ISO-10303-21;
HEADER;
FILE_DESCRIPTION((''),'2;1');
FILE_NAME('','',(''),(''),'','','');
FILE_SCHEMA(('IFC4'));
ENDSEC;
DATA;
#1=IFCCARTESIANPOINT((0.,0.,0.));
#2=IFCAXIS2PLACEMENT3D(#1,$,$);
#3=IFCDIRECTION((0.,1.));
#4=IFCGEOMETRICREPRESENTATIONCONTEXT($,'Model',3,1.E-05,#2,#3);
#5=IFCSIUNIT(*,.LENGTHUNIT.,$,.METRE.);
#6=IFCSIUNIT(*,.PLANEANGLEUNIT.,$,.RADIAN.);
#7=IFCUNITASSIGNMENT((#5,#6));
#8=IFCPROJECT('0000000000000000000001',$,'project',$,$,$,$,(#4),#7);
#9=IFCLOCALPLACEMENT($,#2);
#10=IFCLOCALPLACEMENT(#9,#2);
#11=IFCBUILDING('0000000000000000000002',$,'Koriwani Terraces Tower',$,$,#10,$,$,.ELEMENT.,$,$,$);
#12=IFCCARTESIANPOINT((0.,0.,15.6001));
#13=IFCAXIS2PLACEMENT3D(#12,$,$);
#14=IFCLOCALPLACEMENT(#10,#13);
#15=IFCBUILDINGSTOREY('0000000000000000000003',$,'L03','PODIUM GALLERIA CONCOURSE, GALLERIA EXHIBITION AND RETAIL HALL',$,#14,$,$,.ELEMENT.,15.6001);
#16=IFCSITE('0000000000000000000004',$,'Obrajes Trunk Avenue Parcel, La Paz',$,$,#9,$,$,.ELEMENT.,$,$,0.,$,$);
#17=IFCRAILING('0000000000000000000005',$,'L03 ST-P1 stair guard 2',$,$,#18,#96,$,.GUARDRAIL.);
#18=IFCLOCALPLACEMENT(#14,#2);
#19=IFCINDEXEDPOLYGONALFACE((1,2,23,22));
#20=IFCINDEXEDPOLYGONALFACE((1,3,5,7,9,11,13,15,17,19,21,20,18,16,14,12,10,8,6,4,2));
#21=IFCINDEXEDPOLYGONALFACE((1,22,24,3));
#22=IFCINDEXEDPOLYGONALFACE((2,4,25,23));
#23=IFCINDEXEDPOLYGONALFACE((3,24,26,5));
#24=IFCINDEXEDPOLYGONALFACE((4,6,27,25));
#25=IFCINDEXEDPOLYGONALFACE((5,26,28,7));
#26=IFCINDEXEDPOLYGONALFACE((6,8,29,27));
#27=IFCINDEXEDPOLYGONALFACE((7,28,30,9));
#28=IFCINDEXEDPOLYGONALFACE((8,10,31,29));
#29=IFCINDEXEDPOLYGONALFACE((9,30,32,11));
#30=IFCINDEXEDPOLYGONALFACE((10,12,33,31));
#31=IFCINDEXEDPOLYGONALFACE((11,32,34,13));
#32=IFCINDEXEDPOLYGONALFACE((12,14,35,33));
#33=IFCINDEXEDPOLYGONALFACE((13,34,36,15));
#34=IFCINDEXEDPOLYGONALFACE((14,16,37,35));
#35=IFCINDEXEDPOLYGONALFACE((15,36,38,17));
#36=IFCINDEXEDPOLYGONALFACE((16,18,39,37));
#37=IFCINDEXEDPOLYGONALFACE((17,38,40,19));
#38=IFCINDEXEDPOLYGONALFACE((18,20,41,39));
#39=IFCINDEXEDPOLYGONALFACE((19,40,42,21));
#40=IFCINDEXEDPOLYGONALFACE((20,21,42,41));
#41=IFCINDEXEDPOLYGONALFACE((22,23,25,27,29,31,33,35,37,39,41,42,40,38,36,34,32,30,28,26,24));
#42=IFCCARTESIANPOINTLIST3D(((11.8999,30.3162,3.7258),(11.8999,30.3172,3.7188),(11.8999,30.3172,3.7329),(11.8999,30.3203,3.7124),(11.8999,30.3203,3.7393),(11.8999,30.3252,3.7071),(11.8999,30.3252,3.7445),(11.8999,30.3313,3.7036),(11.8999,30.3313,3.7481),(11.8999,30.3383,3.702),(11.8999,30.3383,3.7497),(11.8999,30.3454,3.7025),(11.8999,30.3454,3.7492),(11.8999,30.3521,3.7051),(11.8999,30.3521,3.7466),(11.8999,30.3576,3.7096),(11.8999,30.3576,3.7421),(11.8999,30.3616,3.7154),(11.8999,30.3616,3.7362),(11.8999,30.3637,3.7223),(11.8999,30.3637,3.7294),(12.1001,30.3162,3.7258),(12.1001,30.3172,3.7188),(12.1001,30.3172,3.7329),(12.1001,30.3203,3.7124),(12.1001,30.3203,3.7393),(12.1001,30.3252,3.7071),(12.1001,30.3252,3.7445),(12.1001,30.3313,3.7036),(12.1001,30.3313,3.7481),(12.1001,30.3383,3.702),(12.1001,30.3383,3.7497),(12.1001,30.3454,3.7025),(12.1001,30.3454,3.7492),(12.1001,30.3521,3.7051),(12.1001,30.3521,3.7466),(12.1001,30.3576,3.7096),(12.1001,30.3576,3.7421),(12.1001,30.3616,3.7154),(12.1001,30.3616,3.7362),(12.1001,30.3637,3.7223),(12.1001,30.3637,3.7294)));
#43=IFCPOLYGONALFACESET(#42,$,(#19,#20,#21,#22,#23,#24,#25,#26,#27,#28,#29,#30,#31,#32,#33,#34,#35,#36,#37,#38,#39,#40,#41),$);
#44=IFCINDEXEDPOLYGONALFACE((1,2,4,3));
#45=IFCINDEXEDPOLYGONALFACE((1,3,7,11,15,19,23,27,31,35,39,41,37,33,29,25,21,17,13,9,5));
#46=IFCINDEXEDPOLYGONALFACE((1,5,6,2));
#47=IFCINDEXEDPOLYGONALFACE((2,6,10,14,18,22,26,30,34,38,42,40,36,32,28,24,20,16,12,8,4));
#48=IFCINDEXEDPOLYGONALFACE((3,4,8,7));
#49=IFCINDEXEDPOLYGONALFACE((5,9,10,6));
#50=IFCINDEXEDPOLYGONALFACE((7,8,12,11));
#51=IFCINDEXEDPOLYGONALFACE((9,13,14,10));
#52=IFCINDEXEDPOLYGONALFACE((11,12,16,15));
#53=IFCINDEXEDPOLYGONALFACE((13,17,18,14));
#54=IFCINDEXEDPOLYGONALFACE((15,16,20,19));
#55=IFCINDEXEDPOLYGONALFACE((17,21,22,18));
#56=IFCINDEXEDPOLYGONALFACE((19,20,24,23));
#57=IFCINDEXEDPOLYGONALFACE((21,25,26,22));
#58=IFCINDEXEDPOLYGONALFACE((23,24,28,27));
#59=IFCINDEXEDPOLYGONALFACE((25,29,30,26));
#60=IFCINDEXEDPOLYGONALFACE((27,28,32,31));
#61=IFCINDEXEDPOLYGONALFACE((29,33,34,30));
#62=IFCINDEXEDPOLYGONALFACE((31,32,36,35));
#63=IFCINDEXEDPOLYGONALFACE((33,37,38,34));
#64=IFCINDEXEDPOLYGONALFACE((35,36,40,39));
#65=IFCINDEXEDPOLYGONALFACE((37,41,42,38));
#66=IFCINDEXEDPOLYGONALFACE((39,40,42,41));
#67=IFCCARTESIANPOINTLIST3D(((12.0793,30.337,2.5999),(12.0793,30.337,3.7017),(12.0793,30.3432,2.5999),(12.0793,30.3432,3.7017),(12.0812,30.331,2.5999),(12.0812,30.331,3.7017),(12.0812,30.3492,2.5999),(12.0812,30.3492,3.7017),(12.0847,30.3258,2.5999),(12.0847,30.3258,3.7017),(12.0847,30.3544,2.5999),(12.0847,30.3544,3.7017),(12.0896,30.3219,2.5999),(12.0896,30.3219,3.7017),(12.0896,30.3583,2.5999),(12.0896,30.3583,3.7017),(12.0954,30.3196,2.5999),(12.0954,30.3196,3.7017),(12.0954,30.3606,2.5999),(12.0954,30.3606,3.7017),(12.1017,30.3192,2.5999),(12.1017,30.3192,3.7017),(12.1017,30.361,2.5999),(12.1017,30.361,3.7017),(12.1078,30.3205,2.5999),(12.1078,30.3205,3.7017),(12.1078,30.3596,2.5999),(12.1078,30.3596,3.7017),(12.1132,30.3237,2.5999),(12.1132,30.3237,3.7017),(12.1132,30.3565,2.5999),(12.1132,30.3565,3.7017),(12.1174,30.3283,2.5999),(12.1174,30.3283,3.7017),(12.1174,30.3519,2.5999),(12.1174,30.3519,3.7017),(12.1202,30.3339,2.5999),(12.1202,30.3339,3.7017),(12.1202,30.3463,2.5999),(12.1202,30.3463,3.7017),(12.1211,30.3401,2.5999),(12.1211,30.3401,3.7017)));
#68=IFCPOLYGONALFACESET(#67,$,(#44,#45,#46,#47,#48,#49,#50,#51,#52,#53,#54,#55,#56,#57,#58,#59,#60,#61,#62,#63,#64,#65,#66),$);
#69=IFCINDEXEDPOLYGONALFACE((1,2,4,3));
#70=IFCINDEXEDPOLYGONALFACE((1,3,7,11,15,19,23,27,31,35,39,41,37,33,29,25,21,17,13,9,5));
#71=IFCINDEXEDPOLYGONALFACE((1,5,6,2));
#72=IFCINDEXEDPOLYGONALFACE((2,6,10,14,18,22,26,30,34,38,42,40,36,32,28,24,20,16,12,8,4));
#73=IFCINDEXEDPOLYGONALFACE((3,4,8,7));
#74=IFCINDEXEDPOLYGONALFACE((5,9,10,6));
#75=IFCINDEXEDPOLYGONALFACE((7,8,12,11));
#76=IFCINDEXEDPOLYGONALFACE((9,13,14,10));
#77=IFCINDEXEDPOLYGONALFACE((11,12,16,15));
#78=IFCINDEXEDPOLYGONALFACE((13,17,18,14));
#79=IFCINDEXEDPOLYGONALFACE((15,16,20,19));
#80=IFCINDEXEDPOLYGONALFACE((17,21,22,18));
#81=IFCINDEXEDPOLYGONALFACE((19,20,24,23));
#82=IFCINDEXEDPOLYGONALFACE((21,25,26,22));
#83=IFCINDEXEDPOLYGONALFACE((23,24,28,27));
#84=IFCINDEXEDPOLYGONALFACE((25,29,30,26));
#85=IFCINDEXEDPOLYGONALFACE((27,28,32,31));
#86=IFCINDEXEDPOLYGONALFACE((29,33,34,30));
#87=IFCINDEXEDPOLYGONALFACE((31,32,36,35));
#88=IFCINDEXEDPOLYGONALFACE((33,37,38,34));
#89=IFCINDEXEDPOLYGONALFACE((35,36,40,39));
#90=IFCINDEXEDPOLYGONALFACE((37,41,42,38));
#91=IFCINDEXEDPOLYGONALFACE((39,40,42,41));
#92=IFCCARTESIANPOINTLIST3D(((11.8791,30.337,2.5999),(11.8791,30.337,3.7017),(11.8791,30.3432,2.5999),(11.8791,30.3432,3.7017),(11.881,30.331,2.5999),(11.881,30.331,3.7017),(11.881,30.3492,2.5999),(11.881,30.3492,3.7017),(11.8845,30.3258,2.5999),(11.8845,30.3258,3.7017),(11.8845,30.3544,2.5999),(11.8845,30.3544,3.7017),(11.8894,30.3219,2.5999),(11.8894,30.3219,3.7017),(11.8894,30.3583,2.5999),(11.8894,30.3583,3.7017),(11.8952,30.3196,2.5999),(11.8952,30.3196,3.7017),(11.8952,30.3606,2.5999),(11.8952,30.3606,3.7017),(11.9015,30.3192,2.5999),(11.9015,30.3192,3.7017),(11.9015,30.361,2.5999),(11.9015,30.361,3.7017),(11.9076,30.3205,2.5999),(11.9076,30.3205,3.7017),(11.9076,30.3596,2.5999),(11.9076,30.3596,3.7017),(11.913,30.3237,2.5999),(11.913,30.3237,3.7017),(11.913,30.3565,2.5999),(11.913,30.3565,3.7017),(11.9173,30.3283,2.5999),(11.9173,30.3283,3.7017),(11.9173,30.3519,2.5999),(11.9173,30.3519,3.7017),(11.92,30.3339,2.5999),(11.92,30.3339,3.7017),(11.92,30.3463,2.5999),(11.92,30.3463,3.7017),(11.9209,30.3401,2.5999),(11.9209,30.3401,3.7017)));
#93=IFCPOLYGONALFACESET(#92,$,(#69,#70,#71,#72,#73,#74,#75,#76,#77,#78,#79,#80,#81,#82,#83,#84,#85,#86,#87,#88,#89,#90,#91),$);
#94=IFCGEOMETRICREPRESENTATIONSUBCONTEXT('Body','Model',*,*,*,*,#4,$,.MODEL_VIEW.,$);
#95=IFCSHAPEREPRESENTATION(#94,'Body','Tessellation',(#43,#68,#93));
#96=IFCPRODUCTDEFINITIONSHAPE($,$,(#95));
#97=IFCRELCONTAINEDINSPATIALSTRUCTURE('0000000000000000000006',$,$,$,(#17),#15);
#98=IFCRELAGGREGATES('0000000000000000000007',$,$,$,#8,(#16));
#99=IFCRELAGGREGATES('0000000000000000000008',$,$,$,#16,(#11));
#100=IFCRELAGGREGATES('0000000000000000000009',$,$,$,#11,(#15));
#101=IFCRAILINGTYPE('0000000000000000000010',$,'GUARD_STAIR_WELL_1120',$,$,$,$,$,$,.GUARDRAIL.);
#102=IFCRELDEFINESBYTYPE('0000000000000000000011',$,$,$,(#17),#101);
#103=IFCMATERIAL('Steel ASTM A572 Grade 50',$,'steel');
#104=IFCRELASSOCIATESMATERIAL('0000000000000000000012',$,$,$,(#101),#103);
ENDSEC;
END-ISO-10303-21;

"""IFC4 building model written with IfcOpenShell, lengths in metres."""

from ifc_helpers import new_model, si_unit, direction, frame, origin, origin_2d, place, context, subcontext, project, spatial, circle, extrude, material, type_object, element, save


model = new_model("IFC4")

# Units and contexts
model_context = context("Model", 3, precision=1e-05, world=origin(), true_north=direction((0.0, 1.0)))
body_context = subcontext(model_context, "Body", "Model", "MODEL_VIEW")
ifc_project = project(units=[si_unit("LENGTHUNIT", "METRE"), si_unit("PLANEANGLEUNIT", "RADIAN")], contexts=[model_context])

# Site, building, storey
site_placement = place(None, origin())
site = spatial("IfcSite", under=ifc_project, at=site_placement, Name="Obrajes Trunk Avenue Parcel, La Paz", CompositionType="ELEMENT", RefElevation=0.0)
building_placement = place(site_placement, origin())
building = spatial("IfcBuilding", under=site, at=building_placement, Name="Koriwani Terraces Tower", CompositionType="ELEMENT")
storey_placement = place(building_placement, frame((0.0, 0.0, 15.6001)))
storey = spatial("IfcBuildingStorey", under=building, at=storey_placement, Name="L03", Description="PODIUM GALLERIA CONCOURSE, GALLERIA EXHIBITION AND RETAIL HALL", CompositionType="ELEMENT", Elevation=15.6001)

# Shared definitions
ifc_material_1 = material(Name="Steel ASTM A572 Grade 50", Category="steel")

# Railing
railing_type_1 = type_object("IfcRailingType", Name="GUARD_STAIR_WELL_1120", PredefinedType="GUARDRAIL", material=ifc_material_1)
railing_1_placement = place(storey_placement, frame((12.1001, 30.3401, 2.5999)))
element("IfcRailing", 1, at=railing_1_placement, inside=storey, type_object=railing_type_1, Name="L03 ST-P1 stair guard 2", PredefinedType="GUARDRAIL", context=body_context, shape_type="SweptSolid", body=[
    extrude(circle(Radius=0.0239, at=origin_2d()), frame((0.0, 0.0, 1.126), z_axis=(-1.0, 0.0, 0.0), x_axis=(0.0, -1.0, 0.0)), (0.0, 0.0, 1.0), 0.2002),
    extrude(circle(Radius=0.021, at=origin_2d()), origin(), (0.0, 0.0, 1.0), 1.1018),
    extrude(circle(Radius=0.021, at=origin_2d()), frame((-0.2002, 0.0, 0.0)), (0.0, 0.0, 1.0), 1.1018),
])

save(model, "model.ifc")
